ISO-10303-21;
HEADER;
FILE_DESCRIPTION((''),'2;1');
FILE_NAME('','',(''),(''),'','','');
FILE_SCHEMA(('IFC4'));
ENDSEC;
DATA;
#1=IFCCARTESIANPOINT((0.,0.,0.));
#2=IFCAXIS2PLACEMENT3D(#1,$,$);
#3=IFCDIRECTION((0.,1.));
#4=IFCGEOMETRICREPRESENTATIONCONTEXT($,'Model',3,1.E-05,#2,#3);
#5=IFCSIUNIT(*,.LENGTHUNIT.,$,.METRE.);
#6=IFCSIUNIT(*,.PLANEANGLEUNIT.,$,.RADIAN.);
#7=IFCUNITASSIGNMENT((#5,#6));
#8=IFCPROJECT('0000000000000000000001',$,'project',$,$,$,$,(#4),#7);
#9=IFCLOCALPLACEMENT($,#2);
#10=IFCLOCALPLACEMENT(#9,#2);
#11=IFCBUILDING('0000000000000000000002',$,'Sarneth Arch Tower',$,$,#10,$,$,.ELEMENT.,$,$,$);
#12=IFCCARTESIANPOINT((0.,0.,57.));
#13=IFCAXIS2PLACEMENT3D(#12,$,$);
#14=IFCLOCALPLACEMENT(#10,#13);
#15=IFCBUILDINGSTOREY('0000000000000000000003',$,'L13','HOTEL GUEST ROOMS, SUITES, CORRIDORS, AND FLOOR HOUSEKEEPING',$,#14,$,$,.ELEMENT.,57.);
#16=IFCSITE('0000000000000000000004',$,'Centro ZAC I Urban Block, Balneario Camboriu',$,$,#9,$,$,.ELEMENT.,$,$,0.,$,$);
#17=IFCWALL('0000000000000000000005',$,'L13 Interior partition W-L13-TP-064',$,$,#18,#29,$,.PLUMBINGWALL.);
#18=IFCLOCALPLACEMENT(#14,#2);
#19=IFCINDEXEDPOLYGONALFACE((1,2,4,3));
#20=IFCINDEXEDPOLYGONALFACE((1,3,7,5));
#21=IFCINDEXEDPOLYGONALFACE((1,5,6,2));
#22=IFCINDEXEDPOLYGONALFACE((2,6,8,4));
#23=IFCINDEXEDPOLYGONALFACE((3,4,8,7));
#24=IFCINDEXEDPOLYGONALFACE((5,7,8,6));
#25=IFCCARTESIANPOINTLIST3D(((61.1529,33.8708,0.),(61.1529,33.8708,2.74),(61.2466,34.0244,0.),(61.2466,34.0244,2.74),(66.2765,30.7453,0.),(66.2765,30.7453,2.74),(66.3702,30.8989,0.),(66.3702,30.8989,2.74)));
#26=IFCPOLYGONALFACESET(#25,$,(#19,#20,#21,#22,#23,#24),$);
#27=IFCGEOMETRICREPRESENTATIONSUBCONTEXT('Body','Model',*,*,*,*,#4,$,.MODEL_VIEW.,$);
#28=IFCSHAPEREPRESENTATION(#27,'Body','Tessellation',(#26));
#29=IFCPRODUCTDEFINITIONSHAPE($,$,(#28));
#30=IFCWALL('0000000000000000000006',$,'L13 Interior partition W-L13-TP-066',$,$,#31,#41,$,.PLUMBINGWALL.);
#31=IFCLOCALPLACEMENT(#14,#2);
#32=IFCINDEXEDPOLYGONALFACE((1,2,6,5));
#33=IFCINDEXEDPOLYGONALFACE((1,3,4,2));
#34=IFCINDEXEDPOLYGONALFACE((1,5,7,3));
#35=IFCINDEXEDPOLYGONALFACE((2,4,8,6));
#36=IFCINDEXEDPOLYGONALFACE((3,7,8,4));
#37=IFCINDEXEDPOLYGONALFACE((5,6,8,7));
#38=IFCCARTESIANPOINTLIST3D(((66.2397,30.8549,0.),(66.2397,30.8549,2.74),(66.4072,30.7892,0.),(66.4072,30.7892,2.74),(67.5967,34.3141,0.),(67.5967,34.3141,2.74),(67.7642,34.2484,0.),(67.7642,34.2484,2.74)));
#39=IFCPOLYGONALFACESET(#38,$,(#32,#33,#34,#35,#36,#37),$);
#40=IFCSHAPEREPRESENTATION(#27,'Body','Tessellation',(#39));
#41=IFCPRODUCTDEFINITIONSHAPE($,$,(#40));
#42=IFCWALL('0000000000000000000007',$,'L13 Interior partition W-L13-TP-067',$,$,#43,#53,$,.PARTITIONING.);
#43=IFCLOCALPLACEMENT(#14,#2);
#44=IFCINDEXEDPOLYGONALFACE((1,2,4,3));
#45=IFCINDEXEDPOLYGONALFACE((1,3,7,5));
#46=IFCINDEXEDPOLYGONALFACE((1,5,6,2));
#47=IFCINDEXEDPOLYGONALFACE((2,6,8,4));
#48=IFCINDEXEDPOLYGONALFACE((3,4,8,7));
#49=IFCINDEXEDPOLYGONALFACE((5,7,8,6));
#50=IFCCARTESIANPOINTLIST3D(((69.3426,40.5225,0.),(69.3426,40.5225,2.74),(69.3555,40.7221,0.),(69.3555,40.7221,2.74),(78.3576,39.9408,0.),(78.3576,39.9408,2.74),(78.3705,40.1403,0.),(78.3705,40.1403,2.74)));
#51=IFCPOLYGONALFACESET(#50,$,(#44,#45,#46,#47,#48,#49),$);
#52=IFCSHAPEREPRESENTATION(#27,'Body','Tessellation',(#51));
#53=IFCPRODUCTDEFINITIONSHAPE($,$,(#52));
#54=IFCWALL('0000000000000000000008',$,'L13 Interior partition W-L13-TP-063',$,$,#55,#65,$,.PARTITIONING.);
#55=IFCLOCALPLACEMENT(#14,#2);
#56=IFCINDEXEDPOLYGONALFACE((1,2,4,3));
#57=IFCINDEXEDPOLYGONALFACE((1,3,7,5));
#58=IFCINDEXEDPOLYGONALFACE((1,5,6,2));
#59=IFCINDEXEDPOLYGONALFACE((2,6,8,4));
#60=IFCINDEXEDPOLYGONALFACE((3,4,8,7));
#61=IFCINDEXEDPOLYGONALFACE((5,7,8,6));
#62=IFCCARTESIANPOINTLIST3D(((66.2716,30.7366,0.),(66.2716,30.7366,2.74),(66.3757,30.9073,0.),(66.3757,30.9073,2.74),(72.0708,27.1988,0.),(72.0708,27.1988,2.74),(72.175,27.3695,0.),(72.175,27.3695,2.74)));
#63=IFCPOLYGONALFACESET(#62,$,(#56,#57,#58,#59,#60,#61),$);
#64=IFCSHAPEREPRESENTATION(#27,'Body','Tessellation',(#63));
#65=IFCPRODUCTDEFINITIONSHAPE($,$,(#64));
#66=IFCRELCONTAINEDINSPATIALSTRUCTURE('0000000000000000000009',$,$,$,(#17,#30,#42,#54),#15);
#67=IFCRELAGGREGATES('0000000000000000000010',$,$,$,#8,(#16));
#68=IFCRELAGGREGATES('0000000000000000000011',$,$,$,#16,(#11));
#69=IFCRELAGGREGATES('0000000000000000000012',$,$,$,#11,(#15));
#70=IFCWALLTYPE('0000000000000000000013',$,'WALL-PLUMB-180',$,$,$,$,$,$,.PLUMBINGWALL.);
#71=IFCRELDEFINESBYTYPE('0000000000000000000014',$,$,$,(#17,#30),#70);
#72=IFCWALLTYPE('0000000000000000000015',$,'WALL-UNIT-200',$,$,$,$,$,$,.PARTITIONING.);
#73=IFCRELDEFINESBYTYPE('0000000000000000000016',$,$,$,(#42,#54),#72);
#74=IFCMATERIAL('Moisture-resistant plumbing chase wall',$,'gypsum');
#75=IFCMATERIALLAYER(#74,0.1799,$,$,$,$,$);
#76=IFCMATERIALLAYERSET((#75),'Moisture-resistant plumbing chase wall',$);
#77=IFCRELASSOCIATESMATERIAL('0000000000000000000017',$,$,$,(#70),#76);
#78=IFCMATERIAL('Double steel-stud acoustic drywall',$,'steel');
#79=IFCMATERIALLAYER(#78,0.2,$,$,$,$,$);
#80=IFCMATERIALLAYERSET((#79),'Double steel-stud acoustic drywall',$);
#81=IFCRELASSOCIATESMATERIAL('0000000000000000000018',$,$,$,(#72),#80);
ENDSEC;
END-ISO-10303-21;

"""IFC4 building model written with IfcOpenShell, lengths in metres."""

from ifc_helpers import new_model, si_unit, direction, frame, frame_2d, origin, place, context, subcontext, project, spatial, rectangle, extrude, material, layer, layer_set, type_object, element, save


model = new_model("IFC4")

# Units and contexts
model_context = context("Model", 3, precision=1e-05, world=origin(), true_north=direction((0.0, 1.0)))
body_context = subcontext(model_context, "Body", "Model", "MODEL_VIEW")
ifc_project = project(units=[si_unit("LENGTHUNIT", "METRE"), si_unit("PLANEANGLEUNIT", "RADIAN")], contexts=[model_context])

# Site, building, storey
site_placement = place(None, origin())
site = spatial("IfcSite", under=ifc_project, at=site_placement, Name="Centro ZAC I Urban Block, Balneario Camboriu", CompositionType="ELEMENT", RefElevation=0.0)
building_placement = place(site_placement, origin())
building = spatial("IfcBuilding", under=site, at=building_placement, Name="Sarneth Arch Tower", CompositionType="ELEMENT")
storey_placement = place(building_placement, frame((0.0, 0.0, 57.0)))
storey = spatial("IfcBuildingStorey", under=building, at=storey_placement, Name="L13", Description="HOTEL GUEST ROOMS, SUITES, CORRIDORS, AND FLOOR HOUSEKEEPING", CompositionType="ELEMENT", Elevation=57.0)

# Shared definitions
ifc_material_1 = material(Name="Moisture-resistant plumbing chase wall", Category="gypsum")
ifc_layer_1 = layer(ifc_material_1, 0.1799)
ifc_layer_set_1 = layer_set([ifc_layer_1], Name="Moisture-resistant plumbing chase wall")
wall_type_1 = type_object("IfcWallType", Name="WALL-PLUMB-180", PredefinedType="PLUMBINGWALL", material=ifc_layer_set_1)

# Walls
wall_1_placement = place(storey_placement, frame((66.3235, 30.822, 0.0), z_axis=(0.0, 0.0, 1.0), x_axis=(-0.853694, 0.520775, 0.0)))
element("IfcWall", 1, at=wall_1_placement, inside=storey, type_object=wall_type_1, Name="L13 Interior partition W-L13-TP-064", PredefinedType="PLUMBINGWALL", context=body_context, shape_type="SweptSolid", body=[
    extrude(rectangle(XDim=6.0017, YDim=0.1799, at=frame_2d((3.001, 0.0))), origin(), (0.0, 0.0, 1.0), 2.74),
])
wall_2_placement = place(storey_placement, frame((67.6804, 34.2812, 0.0), z_axis=(0.0, 0.0, 1.0), x_axis=(-0.365175, -0.930939, 0.0)))
element("IfcWall", 2, at=wall_2_placement, inside=storey, type_object=wall_type_1, Name="L13 Interior partition W-L13-TP-066", PredefinedType="PLUMBINGWALL", context=body_context, shape_type="SweptSolid", body=[
    extrude(rectangle(XDim=3.7158, YDim=0.1799, at=frame_2d((1.8579, 0.0))), origin(), (0.0, 0.0, 1.0), 2.74),
])
ifc_material_2 = material(Name="Double steel-stud acoustic drywall", Category="steel")
ifc_layer_2 = layer(ifc_material_2, 0.2)
ifc_layer_set_2 = layer_set([ifc_layer_2], Name="Double steel-stud acoustic drywall")
wall_type_2 = type_object("IfcWallType", Name="WALL-UNIT-200", PredefinedType="PARTITIONING", material=ifc_layer_set_2)
wall_3_placement = place(storey_placement, frame((78.364, 40.0405, 0.0), z_axis=(0.0, 0.0, 1.0), x_axis=(-0.997924, 0.064402, 0.0)))
element("IfcWall", 3, at=wall_3_placement, inside=storey, type_object=wall_type_2, Name="L13 Interior partition W-L13-TP-067", PredefinedType="PARTITIONING", context=body_context, shape_type="SweptSolid", body=[
    extrude(rectangle(XDim=9.0337, YDim=0.2, at=frame_2d((4.5168, 0.0))), origin(), (0.0, 0.0, 1.0), 2.74),
])
wall_4_placement = place(storey_placement, frame((72.1228, 27.2842, 0.0), z_axis=(0.0, 0.0, 1.0), x_axis=(-0.853687, 0.520787, 0.0)))
element("IfcWall", 4, at=wall_4_placement, inside=storey, type_object=wall_type_2, Name="L13 Interior partition W-L13-TP-063", PredefinedType="PARTITIONING", context=body_context, shape_type="SweptSolid", body=[
    extrude(rectangle(XDim=6.7932, YDim=0.2, at=frame_2d((3.3965, 0.0))), origin(), (0.0, 0.0, 1.0), 2.74),
])

save(model, "model.ifc")
